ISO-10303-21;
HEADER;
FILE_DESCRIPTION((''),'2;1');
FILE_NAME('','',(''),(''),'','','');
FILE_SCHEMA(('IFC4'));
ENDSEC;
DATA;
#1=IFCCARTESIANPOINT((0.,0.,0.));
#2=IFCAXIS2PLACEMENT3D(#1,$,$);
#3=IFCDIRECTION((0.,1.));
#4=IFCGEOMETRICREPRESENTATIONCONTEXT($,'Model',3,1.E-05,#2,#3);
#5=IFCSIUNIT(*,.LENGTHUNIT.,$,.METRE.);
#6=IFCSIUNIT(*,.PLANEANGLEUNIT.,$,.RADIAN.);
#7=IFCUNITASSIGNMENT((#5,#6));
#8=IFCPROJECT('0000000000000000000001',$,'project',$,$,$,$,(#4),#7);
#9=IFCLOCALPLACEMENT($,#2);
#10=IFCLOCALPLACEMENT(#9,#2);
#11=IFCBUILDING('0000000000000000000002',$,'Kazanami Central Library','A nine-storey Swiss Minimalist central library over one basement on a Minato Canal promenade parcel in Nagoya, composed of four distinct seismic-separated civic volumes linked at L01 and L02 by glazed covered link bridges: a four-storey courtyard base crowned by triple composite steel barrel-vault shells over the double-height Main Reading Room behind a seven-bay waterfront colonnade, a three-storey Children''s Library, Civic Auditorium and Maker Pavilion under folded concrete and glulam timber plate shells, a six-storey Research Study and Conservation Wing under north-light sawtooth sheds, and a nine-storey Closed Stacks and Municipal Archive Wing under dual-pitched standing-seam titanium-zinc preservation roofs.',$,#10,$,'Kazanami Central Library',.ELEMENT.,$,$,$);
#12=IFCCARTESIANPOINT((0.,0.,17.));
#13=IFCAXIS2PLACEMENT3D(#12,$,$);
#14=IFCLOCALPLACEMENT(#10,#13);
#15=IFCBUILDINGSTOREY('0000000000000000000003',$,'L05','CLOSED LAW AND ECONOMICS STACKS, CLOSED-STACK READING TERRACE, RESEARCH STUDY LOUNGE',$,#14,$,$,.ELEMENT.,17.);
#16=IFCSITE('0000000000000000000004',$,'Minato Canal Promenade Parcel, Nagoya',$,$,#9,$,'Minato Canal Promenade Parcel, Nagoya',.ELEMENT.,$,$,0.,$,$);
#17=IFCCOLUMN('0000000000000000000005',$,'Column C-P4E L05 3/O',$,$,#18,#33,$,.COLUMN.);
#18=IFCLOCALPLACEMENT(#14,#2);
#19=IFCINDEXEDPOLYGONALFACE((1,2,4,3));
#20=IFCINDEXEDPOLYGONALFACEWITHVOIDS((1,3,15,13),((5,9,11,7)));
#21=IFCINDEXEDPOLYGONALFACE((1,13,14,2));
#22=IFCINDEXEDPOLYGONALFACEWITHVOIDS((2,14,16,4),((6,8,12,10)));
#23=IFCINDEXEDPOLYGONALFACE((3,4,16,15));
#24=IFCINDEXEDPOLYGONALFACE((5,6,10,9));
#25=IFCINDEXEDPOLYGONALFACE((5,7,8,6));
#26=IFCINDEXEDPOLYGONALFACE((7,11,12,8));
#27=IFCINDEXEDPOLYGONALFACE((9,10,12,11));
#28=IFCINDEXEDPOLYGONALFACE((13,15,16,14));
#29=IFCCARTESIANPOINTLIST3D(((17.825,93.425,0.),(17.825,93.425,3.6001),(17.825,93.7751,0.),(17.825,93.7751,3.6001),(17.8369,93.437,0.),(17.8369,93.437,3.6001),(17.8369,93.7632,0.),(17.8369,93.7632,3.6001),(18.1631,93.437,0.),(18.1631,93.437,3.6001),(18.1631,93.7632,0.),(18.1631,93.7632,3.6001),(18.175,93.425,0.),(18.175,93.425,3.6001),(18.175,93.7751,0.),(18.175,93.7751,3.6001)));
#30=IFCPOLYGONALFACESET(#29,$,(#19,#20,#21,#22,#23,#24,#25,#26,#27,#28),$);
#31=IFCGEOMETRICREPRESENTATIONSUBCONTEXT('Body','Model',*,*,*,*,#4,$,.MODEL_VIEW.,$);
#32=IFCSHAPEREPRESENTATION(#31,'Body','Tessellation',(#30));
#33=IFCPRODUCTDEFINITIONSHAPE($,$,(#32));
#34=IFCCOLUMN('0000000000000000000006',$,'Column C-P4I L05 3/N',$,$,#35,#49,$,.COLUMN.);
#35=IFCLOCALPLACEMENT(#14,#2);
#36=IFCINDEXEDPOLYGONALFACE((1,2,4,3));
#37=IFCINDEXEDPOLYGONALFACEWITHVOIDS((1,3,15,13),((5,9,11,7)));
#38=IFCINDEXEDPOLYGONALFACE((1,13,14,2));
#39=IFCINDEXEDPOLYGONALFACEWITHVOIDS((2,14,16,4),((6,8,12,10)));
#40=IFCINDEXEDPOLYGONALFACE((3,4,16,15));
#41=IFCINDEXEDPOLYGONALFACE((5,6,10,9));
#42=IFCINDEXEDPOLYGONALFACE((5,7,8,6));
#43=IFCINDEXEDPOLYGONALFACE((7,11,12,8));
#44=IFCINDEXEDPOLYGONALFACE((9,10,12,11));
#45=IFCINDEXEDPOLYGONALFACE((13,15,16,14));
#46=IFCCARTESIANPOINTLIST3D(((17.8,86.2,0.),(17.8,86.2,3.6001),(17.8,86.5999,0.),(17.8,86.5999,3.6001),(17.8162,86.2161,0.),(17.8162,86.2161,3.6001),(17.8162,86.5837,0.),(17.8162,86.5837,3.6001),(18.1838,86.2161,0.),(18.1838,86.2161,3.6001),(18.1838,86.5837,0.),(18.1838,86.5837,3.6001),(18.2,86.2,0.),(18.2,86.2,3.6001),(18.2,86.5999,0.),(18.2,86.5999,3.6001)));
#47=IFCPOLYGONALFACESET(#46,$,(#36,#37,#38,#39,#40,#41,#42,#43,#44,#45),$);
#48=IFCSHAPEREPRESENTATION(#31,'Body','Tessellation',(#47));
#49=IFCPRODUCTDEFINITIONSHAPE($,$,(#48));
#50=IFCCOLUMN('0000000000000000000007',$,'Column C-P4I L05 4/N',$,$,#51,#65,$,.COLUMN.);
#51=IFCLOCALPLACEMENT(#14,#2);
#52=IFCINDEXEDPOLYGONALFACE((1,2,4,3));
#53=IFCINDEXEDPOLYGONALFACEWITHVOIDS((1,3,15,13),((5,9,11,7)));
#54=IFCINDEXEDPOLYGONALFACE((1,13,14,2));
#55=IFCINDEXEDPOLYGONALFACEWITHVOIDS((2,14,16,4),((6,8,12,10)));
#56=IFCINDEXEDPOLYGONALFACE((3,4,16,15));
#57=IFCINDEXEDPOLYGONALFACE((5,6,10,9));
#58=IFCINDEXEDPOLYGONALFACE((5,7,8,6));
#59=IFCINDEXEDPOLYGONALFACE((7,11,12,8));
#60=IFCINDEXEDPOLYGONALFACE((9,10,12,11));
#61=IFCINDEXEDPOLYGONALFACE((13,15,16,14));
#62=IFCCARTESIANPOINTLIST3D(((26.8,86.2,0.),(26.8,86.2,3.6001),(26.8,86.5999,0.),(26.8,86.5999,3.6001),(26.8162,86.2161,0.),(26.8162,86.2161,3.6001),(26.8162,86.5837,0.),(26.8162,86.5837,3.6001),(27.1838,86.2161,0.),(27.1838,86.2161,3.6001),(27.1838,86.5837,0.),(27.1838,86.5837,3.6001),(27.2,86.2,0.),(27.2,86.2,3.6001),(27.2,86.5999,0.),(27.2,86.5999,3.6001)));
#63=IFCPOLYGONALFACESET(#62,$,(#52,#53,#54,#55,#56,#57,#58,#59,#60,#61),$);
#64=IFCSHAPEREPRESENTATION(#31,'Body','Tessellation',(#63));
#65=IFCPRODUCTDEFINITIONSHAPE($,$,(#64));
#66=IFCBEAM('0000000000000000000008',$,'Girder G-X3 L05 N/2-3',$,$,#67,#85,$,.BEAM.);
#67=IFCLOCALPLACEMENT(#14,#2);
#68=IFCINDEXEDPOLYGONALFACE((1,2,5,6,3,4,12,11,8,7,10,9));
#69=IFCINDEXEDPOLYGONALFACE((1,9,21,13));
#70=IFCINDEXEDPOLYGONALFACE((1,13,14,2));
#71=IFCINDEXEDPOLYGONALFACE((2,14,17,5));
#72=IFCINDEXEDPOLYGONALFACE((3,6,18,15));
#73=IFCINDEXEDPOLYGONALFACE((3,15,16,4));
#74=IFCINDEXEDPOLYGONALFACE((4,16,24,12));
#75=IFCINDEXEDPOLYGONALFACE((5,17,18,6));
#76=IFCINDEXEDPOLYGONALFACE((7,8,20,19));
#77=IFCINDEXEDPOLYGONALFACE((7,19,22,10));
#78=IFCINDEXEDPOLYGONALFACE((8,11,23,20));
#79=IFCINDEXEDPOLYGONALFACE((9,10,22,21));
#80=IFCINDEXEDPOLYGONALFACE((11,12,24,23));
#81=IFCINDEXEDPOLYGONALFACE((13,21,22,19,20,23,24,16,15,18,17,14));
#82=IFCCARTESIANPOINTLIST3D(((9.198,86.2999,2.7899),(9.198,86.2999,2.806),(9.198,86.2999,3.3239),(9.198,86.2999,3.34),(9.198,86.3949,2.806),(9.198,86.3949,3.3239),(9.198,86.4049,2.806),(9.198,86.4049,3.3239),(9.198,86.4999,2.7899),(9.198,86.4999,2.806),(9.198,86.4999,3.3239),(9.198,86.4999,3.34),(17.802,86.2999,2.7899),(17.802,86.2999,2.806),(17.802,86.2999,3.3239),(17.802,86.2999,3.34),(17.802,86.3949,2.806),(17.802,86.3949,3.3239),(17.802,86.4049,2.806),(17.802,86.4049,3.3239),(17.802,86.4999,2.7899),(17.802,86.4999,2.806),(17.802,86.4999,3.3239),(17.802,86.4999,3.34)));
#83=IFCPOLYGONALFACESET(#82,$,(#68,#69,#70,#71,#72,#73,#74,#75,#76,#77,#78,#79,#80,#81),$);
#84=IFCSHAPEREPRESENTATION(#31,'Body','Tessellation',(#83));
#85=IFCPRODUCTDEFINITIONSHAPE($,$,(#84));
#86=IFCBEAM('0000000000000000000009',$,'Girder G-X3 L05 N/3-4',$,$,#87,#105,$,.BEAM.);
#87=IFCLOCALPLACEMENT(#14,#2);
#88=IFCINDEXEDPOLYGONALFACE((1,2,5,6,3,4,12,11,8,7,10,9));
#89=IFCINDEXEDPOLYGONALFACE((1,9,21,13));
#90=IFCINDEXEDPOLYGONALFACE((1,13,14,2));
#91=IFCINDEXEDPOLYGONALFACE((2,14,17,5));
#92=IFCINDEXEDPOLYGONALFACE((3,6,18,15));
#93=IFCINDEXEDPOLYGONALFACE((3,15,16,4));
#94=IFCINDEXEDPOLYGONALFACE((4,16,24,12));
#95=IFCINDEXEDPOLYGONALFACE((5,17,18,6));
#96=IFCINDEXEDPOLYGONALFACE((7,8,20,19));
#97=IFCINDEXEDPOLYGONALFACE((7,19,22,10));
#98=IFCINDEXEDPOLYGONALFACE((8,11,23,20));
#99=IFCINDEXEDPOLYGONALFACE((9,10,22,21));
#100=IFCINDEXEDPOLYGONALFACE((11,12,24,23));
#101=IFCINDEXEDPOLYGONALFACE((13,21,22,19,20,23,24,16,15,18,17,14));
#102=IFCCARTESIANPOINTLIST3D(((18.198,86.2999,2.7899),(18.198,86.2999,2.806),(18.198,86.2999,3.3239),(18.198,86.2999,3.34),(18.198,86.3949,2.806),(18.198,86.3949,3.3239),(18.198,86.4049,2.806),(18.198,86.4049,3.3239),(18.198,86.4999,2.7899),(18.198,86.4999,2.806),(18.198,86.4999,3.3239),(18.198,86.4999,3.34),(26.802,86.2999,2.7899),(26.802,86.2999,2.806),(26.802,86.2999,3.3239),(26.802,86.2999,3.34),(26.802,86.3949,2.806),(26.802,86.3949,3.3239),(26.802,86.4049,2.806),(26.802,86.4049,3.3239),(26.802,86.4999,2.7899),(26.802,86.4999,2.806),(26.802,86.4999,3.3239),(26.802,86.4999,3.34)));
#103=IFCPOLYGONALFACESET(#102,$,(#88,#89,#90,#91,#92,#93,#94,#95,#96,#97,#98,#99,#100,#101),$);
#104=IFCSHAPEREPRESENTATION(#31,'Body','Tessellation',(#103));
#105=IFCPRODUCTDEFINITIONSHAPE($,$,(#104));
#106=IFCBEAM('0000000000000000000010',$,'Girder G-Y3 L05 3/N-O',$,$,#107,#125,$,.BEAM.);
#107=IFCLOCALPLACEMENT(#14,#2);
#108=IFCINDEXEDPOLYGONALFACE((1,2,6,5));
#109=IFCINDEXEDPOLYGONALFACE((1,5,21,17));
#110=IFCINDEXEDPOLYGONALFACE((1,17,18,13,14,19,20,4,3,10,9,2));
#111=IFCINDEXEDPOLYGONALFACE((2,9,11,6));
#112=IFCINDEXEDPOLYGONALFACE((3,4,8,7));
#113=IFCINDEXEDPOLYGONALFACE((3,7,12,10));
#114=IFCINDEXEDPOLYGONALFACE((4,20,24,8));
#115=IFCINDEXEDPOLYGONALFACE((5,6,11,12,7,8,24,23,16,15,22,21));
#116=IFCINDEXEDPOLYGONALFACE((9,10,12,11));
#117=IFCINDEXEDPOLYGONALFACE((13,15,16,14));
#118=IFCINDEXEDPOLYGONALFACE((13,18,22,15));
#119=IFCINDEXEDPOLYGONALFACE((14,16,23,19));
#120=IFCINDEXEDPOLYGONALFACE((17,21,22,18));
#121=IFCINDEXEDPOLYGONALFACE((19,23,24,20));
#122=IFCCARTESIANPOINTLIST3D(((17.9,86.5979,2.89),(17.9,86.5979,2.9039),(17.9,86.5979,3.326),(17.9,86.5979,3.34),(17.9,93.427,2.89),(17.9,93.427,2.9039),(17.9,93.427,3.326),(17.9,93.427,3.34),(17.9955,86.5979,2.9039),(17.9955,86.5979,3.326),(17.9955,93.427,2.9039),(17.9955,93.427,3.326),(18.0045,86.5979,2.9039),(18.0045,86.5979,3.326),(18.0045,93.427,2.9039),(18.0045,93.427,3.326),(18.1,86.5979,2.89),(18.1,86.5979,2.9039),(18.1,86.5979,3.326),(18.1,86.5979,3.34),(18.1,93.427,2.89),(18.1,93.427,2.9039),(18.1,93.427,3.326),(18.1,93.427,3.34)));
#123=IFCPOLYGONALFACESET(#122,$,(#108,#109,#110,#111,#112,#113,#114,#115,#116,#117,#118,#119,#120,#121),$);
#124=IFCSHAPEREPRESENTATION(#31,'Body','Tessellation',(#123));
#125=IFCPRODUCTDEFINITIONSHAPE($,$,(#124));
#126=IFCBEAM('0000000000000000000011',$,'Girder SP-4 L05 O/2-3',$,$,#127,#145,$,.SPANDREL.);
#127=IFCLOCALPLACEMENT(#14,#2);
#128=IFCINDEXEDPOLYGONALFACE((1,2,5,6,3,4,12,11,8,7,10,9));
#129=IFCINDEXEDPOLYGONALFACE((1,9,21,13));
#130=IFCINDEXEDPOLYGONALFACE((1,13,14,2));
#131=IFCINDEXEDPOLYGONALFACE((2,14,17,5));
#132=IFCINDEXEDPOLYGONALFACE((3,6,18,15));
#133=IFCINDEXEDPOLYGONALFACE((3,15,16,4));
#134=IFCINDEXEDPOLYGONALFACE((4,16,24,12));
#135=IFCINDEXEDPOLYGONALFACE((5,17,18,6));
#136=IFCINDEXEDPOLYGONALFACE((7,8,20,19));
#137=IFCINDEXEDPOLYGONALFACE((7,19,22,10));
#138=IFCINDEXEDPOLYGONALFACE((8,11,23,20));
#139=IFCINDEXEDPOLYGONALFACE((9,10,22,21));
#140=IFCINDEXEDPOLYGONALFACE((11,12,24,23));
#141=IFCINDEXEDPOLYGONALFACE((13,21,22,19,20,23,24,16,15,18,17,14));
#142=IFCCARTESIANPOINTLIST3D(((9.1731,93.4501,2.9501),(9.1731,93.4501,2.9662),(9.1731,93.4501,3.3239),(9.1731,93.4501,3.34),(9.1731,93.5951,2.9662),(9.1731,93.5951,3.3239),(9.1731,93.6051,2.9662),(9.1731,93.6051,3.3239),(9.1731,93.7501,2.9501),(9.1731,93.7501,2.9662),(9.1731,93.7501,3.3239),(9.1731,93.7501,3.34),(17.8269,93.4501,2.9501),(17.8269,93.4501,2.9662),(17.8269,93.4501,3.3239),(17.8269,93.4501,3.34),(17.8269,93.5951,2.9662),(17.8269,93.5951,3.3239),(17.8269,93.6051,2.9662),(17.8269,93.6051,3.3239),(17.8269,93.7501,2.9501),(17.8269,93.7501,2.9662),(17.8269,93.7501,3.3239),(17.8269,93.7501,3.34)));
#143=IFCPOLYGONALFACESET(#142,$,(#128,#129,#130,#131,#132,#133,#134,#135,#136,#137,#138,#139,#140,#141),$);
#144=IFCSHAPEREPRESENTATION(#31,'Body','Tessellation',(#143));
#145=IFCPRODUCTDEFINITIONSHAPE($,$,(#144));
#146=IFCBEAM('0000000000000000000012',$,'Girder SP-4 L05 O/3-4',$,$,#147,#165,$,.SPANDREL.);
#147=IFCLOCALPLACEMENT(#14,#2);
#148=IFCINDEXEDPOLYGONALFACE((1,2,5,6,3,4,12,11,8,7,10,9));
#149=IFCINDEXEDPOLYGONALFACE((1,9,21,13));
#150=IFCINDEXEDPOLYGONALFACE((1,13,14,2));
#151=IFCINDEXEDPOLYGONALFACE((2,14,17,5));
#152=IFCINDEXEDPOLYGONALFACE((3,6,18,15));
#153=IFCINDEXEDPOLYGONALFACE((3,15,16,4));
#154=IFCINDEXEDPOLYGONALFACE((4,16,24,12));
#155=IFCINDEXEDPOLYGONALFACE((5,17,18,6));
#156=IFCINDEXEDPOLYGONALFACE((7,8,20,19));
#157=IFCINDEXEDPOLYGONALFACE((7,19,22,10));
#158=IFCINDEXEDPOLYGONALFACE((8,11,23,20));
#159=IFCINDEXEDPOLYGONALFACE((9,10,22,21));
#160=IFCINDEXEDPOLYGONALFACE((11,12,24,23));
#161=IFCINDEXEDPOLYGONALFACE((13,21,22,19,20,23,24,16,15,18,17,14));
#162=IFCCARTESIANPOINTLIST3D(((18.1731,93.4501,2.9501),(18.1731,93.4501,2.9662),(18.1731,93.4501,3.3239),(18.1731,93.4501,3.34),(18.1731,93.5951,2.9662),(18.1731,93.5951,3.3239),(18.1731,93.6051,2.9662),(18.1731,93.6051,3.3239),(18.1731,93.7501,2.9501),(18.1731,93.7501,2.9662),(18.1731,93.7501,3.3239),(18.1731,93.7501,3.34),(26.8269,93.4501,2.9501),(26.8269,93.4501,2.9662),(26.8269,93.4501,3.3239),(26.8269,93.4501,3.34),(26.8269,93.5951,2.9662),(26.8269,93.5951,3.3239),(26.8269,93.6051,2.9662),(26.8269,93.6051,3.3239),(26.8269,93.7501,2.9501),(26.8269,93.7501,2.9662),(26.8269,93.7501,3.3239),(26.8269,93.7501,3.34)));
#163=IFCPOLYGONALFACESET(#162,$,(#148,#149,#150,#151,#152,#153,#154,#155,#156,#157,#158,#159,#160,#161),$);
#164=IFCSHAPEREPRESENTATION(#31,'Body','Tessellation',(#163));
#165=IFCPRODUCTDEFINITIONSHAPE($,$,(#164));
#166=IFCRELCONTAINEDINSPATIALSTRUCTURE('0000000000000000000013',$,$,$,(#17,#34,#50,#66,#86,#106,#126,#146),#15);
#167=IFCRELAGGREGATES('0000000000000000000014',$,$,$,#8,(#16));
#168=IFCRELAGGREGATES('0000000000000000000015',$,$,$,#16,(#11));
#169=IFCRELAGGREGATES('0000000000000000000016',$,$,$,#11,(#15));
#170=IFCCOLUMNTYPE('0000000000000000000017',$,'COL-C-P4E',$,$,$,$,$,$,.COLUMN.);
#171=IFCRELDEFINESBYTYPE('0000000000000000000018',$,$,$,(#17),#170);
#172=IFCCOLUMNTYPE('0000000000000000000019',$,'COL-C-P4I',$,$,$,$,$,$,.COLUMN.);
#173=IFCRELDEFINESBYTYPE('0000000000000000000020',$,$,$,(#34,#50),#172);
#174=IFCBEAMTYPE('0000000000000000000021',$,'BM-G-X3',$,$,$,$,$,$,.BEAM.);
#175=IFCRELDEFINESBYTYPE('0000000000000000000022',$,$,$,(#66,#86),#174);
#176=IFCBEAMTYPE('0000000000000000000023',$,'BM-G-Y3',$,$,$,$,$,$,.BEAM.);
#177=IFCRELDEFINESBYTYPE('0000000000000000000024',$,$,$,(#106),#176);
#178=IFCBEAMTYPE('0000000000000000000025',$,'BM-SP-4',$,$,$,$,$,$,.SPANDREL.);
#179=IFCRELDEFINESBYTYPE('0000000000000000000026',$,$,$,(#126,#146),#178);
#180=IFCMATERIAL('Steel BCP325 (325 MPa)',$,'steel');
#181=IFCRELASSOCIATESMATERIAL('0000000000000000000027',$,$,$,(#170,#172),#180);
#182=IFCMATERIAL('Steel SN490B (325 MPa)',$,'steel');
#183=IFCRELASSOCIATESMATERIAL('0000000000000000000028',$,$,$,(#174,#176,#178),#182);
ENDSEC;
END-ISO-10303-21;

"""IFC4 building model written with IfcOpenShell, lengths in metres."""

from ifc_helpers import new_model, si_unit, direction, frame, origin, origin_2d, place, context, subcontext, project, spatial, hollow_rectangle, i_section, extrude, material, material_profile, profile_set, type_object, element, save


model = new_model("IFC4")

# Units and contexts
model_context = context("Model", 3, precision=1e-05, world=origin(), true_north=direction((0.0, 1.0)))
body_context = subcontext(model_context, "Body", "Model", "MODEL_VIEW")
ifc_project = project(units=[si_unit("LENGTHUNIT", "METRE"), si_unit("PLANEANGLEUNIT", "RADIAN")], contexts=[model_context])

# Site, building, storey
site_placement = place(None, origin())
site = spatial("IfcSite", under=ifc_project, at=site_placement, Name="Minato Canal Promenade Parcel, Nagoya", LongName="Minato Canal Promenade Parcel, Nagoya", CompositionType="ELEMENT", RefElevation=0.0)
building_placement = place(site_placement, origin())
building = spatial("IfcBuilding", under=site, at=building_placement, Name="Kazanami Central Library", Description="A nine-storey Swiss Minimalist central library over one basement on a Minato Canal promenade parcel in Nagoya, composed of four distinct seismic-separated civic volumes linked at L01 and L02 by glazed covered link bridges: a four-storey courtyard base crowned by triple composite steel barrel-vault shells over the double-height Main Reading Room behind a seven-bay waterfront colonnade, a three-storey Children's Library, Civic Auditorium and Maker Pavilion under folded concrete and glulam timber plate shells, a six-storey Research Study and Conservation Wing under north-light sawtooth sheds, and a nine-storey Closed Stacks and Municipal Archive Wing under dual-pitched standing-seam titanium-zinc preservation roofs.", LongName="Kazanami Central Library", CompositionType="ELEMENT")
storey_placement = place(building_placement, frame((0.0, 0.0, 17.0)))
storey = spatial("IfcBuildingStorey", under=building, at=storey_placement, Name="L05", Description="CLOSED LAW AND ECONOMICS STACKS, CLOSED-STACK READING TERRACE, RESEARCH STUDY LOUNGE", CompositionType="ELEMENT", Elevation=17.0)

# Columns
ifc_material_1 = material(Name="Steel BCP325 (325 MPa)", Category="steel")
ifc_material_profile_1 = material_profile(ifc_material_1, hollow_rectangle(XDim=0.3501, YDim=0.3501, WallThickness=0.012, at=origin_2d()), Name="STKR-350x350x12")
ifc_profile_set_1 = profile_set([ifc_material_profile_1], Name="Steel BCP325 (325 MPa)")
column_type_1 = type_object("IfcColumnType", Name="COL-C-P4E", PredefinedType="COLUMN", material=ifc_profile_set_1)
column_placement = place(storey_placement, frame((18.0, 93.6001, 0.0), z_axis=(0.0, 0.0, 1.0), x_axis=(1.0, 0.0, 0.0)))
element("IfcColumn", 1, at=column_placement, inside=storey, type_object=column_type_1, Name="Column C-P4E L05 3/O", PredefinedType="COLUMN", context=body_context, shape_type="SweptSolid", body=[
    extrude(hollow_rectangle(XDim=0.3501, YDim=0.3501, WallThickness=0.012, at=origin_2d()), origin(), (0.0, 0.0, 1.0), 3.6001),
])
ifc_material_profile_2 = material_profile(ifc_material_1, hollow_rectangle(XDim=0.3999, YDim=0.3999, WallThickness=0.0161, at=origin_2d()), Name="BCP-400x400x16")
ifc_profile_set_2 = profile_set([ifc_material_profile_2], Name="Steel BCP325 (325 MPa)")
column_type_2 = type_object("IfcColumnType", Name="COL-C-P4I", PredefinedType="COLUMN", material=ifc_profile_set_2)
for number, where, z_axis, x_axis, name in (
    (2, (18.0, 86.3999, 0.0), (0.0, 0.0, 1.0), (1.0, 0.0, 0.0), "Column C-P4I L05 3/N"),
    (3, (27.0, 86.3999, 0.0), (0.0, 0.0, 1.0), (1.0, 0.0, 0.0), "Column C-P4I L05 4/N"),
):
    element("IfcColumn", number, at=place(storey_placement, frame(where, z_axis=z_axis, x_axis=x_axis)), inside=storey, type_object=column_type_2, Name=name, PredefinedType="COLUMN", context=body_context, shape_type="SweptSolid", body=[
        extrude(hollow_rectangle(XDim=0.3999, YDim=0.3999, WallThickness=0.0161, at=origin_2d()), origin(), (0.0, 0.0, 1.0), 3.6001),
    ])

# Beams
ifc_material_2 = material(Name="Steel SN490B (325 MPa)", Category="steel")
ifc_material_profile_3 = material_profile(ifc_material_2, i_section(OverallWidth=0.2, OverallDepth=0.55, WebThickness=0.01, FlangeThickness=0.0161, at=origin_2d()), Name="H-550x200x10x16")
ifc_profile_set_3 = profile_set([ifc_material_profile_3], Name="Steel SN490B (325 MPa)")
beam_type_1 = type_object("IfcBeamType", Name="BM-G-X3", PredefinedType="BEAM", material=ifc_profile_set_3)
for number, where, z_axis, x_axis, name in (
    (4, (9.198, 86.3999, 3.0649), (1.0, 0.0, 0.0), (0.0, 1.0, 0.0), "Girder G-X3 L05 N/2-3"),
    (5, (18.198, 86.3999, 3.0649), (1.0, 0.0, 0.0), (0.0, 1.0, 0.0), "Girder G-X3 L05 N/3-4"),
):
    element("IfcBeam", number, at=place(storey_placement, frame(where, z_axis=z_axis, x_axis=x_axis)), inside=storey, type_object=beam_type_1, Name=name, PredefinedType="BEAM", context=body_context, shape_type="SweptSolid", body=[
        extrude(i_section(OverallWidth=0.2, OverallDepth=0.55, WebThickness=0.01, FlangeThickness=0.0161, at=origin_2d()), origin(), (0.0, 0.0, 1.0), 8.604),
    ])
ifc_material_profile_4 = material_profile(ifc_material_2, i_section(OverallWidth=0.2, OverallDepth=0.45, WebThickness=0.009, FlangeThickness=0.0139, at=origin_2d()), Name="H-450x200x9x14")
ifc_profile_set_4 = profile_set([ifc_material_profile_4], Name="Steel SN490B (325 MPa)")
beam_type_2 = type_object("IfcBeamType", Name="BM-G-Y3", PredefinedType="BEAM", material=ifc_profile_set_4)
beam_placement = place(storey_placement, frame((18.0, 86.5979, 3.115), z_axis=(0.0, 1.0, 0.0), x_axis=(-1.0, 0.0, 0.0)))
element("IfcBeam", 6, at=beam_placement, inside=storey, type_object=beam_type_2, Name="Girder G-Y3 L05 3/N-O", PredefinedType="BEAM", context=body_context, shape_type="SweptSolid", body=[
    extrude(i_section(OverallWidth=0.2, OverallDepth=0.45, WebThickness=0.009, FlangeThickness=0.0139, at=origin_2d()), origin(), (0.0, 0.0, 1.0), 6.8291),
])
ifc_material_profile_5 = material_profile(ifc_material_2, i_section(OverallWidth=0.3, OverallDepth=0.3899, WebThickness=0.01, FlangeThickness=0.0161, at=origin_2d()), Name="H-390x300x10x16")
ifc_profile_set_5 = profile_set([ifc_material_profile_5], Name="Steel SN490B (325 MPa)")
beam_type_3 = type_object("IfcBeamType", Name="BM-SP-4", PredefinedType="SPANDREL", material=ifc_profile_set_5)
for number, where, z_axis, x_axis, name in (
    (7, (9.1731, 93.6001, 3.145), (1.0, 0.0, 0.0), (0.0, 1.0, 0.0), "Girder SP-4 L05 O/2-3"),
    (8, (18.1731, 93.6001, 3.145), (1.0, 0.0, 0.0), (0.0, 1.0, 0.0), "Girder SP-4 L05 O/3-4"),
):
    element("IfcBeam", number, at=place(storey_placement, frame(where, z_axis=z_axis, x_axis=x_axis)), inside=storey, type_object=beam_type_3, Name=name, PredefinedType="SPANDREL", context=body_context, shape_type="SweptSolid", body=[
        extrude(i_section(OverallWidth=0.3, OverallDepth=0.3899, WebThickness=0.01, FlangeThickness=0.0161, at=origin_2d()), origin(), (0.0, 0.0, 1.0), 8.6538),
    ])

save(model, "model.ifc")
